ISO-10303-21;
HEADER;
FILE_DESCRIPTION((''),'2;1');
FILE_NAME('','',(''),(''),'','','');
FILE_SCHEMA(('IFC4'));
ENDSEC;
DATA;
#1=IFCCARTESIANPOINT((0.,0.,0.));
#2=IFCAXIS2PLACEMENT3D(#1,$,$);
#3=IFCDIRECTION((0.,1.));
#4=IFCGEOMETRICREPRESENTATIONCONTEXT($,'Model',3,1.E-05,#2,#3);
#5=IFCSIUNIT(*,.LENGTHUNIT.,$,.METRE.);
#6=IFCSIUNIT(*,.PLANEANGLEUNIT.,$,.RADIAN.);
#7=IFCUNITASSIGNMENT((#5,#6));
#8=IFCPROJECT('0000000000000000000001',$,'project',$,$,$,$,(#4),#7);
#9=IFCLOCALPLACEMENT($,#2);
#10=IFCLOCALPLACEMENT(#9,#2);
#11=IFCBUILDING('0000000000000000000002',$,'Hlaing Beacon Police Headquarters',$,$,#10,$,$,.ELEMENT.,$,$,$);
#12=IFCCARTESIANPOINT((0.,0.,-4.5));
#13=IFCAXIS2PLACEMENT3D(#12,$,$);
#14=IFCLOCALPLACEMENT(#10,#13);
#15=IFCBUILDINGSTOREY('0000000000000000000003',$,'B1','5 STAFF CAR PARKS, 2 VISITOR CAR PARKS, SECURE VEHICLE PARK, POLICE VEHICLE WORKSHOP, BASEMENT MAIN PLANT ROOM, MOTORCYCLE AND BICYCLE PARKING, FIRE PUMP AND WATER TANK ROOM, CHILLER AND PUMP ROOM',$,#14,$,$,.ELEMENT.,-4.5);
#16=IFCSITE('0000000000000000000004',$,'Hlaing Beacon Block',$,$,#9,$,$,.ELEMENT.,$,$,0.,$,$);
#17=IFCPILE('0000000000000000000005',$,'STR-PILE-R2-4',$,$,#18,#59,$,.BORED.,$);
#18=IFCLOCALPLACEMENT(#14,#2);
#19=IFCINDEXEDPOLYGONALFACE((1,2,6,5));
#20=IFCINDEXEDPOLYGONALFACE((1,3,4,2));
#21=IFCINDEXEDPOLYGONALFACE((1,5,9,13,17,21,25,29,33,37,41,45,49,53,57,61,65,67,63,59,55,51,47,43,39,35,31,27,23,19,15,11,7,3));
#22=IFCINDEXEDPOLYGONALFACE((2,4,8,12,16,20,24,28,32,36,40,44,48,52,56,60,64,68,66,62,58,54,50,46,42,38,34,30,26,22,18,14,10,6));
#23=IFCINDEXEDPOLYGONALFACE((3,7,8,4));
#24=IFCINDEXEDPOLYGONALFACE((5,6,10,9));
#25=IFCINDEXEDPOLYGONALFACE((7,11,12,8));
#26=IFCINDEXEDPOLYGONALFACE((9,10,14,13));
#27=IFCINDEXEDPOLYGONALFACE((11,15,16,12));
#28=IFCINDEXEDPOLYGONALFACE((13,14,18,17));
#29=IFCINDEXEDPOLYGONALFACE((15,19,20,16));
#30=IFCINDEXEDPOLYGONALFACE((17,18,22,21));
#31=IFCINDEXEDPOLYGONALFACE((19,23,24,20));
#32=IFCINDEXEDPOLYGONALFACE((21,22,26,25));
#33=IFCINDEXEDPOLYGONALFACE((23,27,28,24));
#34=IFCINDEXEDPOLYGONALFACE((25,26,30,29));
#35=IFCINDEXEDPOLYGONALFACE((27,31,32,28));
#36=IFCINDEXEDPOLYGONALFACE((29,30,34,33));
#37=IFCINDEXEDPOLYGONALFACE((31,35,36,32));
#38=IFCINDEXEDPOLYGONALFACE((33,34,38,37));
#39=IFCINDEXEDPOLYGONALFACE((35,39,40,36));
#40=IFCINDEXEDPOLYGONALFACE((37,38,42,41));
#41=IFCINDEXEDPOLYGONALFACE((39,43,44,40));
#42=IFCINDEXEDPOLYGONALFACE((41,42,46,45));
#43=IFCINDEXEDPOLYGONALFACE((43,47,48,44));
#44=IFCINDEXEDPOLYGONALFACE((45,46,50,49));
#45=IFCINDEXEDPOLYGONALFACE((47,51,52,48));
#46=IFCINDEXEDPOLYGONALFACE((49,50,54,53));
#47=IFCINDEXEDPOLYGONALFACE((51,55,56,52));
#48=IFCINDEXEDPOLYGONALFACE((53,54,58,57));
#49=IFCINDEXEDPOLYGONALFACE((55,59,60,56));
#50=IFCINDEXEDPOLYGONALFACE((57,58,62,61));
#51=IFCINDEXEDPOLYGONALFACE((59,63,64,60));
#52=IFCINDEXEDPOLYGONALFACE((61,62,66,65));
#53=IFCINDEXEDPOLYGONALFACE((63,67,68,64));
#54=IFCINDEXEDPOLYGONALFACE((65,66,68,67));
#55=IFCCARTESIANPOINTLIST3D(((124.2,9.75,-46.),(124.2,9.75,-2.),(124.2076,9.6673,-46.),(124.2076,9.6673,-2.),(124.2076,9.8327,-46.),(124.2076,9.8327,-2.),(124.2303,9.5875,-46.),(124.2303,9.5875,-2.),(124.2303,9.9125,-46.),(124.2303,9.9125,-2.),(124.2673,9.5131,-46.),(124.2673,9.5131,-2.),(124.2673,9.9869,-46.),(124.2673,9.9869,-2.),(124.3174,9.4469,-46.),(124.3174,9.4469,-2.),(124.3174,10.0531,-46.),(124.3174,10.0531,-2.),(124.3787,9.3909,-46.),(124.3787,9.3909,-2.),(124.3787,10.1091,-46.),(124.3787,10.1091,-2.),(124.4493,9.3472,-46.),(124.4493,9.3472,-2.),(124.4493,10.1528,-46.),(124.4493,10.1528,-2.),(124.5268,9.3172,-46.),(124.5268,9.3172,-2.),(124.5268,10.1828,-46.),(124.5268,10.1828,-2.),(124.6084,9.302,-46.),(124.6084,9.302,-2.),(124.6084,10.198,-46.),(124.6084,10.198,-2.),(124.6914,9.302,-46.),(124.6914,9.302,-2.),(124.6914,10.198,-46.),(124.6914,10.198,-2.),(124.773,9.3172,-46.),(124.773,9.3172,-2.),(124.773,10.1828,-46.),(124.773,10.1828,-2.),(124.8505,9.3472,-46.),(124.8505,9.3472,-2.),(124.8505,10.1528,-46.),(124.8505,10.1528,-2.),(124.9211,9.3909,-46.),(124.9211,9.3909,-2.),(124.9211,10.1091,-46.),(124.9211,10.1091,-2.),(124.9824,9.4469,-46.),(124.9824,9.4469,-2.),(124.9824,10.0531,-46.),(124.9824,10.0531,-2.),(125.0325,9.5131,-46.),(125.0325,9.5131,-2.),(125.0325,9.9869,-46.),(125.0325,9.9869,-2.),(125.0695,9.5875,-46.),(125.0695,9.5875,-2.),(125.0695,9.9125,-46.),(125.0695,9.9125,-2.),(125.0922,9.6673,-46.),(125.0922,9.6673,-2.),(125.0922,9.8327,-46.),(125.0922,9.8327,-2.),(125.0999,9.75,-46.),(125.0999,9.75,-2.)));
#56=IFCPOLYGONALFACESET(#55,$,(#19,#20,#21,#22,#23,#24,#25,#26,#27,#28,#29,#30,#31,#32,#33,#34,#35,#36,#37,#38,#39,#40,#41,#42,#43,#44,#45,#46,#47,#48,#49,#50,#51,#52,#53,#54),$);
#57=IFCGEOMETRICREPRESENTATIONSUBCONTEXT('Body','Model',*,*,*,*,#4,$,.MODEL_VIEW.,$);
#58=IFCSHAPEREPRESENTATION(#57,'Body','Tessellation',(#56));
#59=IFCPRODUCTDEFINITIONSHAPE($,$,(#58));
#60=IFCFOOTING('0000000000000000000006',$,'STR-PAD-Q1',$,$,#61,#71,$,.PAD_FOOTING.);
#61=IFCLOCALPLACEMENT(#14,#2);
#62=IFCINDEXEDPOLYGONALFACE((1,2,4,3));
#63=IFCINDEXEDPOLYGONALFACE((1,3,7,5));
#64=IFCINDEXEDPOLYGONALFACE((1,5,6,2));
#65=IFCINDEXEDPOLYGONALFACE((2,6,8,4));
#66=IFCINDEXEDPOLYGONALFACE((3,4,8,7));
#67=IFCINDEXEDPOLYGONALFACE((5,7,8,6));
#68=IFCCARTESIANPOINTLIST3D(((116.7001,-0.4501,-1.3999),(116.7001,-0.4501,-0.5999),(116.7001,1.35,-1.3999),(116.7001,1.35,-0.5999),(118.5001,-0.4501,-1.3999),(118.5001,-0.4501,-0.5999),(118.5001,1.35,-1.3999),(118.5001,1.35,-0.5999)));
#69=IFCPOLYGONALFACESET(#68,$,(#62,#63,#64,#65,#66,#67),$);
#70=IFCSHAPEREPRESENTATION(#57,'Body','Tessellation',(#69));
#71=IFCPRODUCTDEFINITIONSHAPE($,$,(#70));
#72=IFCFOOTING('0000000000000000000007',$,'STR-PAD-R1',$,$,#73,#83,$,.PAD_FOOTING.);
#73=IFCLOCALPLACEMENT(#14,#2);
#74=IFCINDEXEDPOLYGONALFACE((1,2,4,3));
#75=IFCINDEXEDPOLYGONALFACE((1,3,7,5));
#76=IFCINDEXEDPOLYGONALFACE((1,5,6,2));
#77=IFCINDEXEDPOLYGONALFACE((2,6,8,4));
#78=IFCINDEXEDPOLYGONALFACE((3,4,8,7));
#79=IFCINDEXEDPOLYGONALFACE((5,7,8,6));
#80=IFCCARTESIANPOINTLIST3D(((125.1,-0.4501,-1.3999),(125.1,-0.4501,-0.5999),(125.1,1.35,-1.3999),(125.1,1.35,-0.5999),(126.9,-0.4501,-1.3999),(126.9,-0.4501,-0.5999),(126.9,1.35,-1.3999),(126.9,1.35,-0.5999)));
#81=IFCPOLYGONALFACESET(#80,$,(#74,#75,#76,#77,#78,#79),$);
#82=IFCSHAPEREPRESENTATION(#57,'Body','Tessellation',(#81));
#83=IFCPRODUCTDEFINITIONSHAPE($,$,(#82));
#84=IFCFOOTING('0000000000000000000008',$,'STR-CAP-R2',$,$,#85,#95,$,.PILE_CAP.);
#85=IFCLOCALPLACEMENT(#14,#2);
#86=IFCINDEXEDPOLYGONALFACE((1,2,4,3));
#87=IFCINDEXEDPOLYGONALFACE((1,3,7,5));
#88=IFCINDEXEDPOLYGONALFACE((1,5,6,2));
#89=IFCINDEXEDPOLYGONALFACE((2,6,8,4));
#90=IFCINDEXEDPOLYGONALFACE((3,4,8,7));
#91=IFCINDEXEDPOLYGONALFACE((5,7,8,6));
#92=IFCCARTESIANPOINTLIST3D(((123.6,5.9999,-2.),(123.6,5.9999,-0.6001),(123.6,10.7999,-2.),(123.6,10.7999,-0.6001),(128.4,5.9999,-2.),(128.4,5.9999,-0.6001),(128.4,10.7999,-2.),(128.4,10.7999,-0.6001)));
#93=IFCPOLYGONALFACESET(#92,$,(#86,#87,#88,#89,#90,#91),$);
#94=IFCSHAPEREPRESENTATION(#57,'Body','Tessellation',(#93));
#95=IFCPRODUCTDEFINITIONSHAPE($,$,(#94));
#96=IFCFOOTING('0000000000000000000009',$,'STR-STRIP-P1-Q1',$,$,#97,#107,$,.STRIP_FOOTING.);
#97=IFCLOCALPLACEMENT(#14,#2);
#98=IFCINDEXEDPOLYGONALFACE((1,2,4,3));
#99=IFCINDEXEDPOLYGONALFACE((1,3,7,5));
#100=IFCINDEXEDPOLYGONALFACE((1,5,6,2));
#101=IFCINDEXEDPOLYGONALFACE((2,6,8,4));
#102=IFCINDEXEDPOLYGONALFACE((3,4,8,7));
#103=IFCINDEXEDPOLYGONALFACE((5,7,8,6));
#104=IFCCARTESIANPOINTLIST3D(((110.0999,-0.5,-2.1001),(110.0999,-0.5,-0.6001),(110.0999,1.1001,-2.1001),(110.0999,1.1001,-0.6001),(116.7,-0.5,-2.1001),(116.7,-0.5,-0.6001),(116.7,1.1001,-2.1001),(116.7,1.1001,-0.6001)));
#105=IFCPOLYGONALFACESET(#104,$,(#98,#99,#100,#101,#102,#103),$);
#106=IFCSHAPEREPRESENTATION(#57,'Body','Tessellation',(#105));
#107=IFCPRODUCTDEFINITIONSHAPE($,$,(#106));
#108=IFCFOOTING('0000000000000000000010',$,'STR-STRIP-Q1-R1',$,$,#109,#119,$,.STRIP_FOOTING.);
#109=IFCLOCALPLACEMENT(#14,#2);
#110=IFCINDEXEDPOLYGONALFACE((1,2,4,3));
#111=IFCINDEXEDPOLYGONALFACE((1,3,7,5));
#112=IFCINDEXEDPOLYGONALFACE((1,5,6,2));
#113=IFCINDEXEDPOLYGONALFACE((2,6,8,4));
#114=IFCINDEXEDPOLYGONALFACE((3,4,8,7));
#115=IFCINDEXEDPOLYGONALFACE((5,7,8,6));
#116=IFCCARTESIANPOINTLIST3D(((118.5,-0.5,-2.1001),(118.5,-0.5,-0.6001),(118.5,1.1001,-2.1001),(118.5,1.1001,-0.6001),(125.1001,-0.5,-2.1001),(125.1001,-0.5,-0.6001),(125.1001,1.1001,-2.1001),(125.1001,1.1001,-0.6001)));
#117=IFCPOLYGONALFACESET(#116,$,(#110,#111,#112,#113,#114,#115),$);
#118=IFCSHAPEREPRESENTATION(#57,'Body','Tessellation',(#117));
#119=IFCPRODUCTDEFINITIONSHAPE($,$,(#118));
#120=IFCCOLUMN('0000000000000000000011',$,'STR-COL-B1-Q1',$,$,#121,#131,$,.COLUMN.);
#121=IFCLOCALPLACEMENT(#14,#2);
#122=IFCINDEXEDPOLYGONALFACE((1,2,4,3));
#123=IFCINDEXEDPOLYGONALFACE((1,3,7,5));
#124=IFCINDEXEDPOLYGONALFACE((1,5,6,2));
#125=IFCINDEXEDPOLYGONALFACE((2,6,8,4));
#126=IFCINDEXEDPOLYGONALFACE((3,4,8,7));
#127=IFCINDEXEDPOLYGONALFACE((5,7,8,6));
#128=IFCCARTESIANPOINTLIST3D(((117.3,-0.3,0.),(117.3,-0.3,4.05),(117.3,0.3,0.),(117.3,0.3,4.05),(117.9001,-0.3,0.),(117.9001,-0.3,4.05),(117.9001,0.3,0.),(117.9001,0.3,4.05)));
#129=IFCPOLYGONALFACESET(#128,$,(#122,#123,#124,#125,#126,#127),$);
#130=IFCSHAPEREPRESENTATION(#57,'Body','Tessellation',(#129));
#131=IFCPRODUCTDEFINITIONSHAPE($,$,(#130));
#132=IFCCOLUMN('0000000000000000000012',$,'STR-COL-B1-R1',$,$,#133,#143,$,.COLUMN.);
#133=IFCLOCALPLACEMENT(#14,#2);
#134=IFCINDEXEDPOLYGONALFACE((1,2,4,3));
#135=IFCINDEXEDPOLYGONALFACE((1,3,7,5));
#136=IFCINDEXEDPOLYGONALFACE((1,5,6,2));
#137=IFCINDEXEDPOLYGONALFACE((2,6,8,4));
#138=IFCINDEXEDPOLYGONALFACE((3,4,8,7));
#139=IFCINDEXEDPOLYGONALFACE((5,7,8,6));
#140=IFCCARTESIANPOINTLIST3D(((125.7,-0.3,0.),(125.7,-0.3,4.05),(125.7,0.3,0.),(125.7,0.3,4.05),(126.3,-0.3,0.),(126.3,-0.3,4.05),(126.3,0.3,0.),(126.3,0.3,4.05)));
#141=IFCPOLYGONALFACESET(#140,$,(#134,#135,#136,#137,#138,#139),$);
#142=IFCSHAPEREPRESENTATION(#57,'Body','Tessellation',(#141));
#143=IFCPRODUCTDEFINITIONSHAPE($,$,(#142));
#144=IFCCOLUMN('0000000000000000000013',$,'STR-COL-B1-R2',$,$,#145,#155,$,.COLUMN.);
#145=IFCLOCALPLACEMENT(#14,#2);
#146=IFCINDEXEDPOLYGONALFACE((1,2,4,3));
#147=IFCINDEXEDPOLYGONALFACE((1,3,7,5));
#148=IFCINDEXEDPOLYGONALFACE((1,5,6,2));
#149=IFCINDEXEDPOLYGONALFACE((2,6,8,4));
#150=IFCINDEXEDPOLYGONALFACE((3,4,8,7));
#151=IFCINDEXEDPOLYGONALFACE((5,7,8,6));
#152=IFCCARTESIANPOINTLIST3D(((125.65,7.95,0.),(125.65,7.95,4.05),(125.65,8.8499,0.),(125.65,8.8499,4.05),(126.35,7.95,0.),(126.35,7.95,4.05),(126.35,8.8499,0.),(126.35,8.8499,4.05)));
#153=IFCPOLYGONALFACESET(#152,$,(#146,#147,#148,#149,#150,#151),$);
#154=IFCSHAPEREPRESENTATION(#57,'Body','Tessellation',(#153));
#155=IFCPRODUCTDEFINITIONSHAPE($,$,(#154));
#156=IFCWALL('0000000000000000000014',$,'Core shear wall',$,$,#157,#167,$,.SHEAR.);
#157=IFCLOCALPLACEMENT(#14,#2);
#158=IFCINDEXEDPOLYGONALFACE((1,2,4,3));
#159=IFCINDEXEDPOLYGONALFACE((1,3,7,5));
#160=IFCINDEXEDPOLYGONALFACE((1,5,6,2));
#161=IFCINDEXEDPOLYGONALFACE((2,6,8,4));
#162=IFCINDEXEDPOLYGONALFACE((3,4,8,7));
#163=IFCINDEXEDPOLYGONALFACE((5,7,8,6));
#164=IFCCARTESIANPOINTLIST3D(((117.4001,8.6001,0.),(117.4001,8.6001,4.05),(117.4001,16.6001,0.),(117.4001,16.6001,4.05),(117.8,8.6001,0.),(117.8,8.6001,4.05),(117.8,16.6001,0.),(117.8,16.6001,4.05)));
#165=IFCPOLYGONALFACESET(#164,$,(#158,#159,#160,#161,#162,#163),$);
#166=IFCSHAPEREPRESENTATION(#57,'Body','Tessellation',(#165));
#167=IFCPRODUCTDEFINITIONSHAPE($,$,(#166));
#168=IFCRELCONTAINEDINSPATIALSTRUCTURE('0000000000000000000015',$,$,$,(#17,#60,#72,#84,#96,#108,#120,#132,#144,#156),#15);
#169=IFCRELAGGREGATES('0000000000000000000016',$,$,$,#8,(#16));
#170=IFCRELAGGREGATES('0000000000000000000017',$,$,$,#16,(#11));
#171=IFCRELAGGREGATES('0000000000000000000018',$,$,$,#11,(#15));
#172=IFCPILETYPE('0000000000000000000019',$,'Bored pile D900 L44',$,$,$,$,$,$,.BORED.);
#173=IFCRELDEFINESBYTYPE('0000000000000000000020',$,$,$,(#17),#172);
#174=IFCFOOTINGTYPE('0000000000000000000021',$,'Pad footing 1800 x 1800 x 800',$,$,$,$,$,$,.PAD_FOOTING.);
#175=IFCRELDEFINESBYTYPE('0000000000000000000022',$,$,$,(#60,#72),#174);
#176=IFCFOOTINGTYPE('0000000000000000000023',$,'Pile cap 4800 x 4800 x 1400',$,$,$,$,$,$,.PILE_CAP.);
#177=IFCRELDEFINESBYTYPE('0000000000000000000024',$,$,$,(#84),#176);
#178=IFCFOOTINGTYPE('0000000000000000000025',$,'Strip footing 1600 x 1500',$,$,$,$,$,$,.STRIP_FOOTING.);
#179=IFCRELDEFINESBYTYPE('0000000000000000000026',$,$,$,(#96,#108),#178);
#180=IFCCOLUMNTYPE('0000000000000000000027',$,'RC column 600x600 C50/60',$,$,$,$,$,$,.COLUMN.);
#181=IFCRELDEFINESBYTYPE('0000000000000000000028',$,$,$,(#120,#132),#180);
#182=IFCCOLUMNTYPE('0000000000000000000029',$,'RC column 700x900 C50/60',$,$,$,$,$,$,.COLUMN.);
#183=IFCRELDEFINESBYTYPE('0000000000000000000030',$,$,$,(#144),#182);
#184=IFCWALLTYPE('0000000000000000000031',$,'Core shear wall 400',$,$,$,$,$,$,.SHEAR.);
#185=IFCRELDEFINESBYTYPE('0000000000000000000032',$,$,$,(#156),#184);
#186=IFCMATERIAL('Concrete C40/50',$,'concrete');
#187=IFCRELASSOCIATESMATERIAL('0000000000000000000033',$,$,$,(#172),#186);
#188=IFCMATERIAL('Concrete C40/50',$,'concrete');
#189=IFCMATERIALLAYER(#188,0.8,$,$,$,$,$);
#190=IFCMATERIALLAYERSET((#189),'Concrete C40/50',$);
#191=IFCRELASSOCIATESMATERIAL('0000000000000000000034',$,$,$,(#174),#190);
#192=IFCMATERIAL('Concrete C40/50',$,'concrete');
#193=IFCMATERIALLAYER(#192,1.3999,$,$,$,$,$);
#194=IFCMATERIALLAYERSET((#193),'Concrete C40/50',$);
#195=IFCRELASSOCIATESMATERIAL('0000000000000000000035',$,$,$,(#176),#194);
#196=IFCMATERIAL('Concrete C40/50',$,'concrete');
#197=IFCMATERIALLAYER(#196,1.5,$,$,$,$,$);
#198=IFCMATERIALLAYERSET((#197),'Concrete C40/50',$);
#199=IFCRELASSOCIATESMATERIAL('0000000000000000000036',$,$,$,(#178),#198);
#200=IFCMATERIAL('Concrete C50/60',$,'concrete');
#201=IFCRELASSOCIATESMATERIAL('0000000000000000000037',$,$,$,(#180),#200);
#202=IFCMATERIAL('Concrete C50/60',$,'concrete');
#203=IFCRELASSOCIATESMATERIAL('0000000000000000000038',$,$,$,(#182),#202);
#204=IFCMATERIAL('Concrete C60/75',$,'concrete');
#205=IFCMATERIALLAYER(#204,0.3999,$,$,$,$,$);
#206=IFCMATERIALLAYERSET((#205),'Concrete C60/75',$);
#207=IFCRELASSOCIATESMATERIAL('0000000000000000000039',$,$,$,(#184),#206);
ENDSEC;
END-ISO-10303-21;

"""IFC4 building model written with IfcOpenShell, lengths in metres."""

from ifc_helpers import new_model, si_unit, direction, frame, frame_2d, origin, origin_2d, place, context, subcontext, project, spatial, rectangle, circle, extrude, material, layer, layer_set, material_profile, profile_set, type_object, element, save


model = new_model("IFC4")

# Units and contexts
model_context = context("Model", 3, precision=1e-05, world=origin(), true_north=direction((0.0, 1.0)))
body_context = subcontext(model_context, "Body", "Model", "MODEL_VIEW")
ifc_project = project(units=[si_unit("LENGTHUNIT", "METRE"), si_unit("PLANEANGLEUNIT", "RADIAN")], contexts=[model_context])

# Site, building, storey
site_placement = place(None, origin())
site = spatial("IfcSite", under=ifc_project, at=site_placement, Name="Hlaing Beacon Block", CompositionType="ELEMENT", RefElevation=0.0)
building_placement = place(site_placement, origin())
building = spatial("IfcBuilding", under=site, at=building_placement, Name="Hlaing Beacon Police Headquarters", CompositionType="ELEMENT")
storey_placement = place(building_placement, frame((0.0, 0.0, -4.5)))
storey = spatial("IfcBuildingStorey", under=building, at=storey_placement, Name="B1", Description="5 STAFF CAR PARKS, 2 VISITOR CAR PARKS, SECURE VEHICLE PARK, POLICE VEHICLE WORKSHOP, BASEMENT MAIN PLANT ROOM, MOTORCYCLE AND BICYCLE PARKING, FIRE PUMP AND WATER TANK ROOM, CHILLER AND PUMP ROOM", CompositionType="ELEMENT", Elevation=-4.5)

# Pile
ifc_material_1 = material(Name="Concrete C40/50", Category="concrete")
ifc_material_profile_1 = material_profile(ifc_material_1, circle(Radius=0.45, at=origin_2d()), Name="D900")
ifc_profile_set_1 = profile_set([ifc_material_profile_1], Name="Concrete C40/50")
pile_type_1 = type_object("IfcPileType", Name="Bored pile D900 L44", PredefinedType="BORED", material=ifc_profile_set_1)
for number, where, z_axis, x_axis, name in (
    (1, (124.6499, 9.75, -2.0), (0.0, 0.0, -1.0), (1.0, 0.0, 0.0), "STR-PILE-R2-4"),
):
    element("IfcPile", number, at=place(storey_placement, frame(where, z_axis=z_axis, x_axis=x_axis)), inside=storey, type_object=pile_type_1, Name=name, PredefinedType="BORED", context=body_context, shape_type="SweptSolid", body=[
        extrude(circle(Radius=0.45, at=origin_2d()), origin(), (0.0, 0.0, 1.0), 44.0),
    ])

# Footings
ifc_material_2 = material(Name="Concrete C40/50", Category="concrete")
ifc_layer_1 = layer(ifc_material_2, 0.8)
ifc_layer_set_1 = layer_set([ifc_layer_1], Name="Concrete C40/50")
footing_type_1 = type_object("IfcFootingType", Name="Pad footing 1800 x 1800 x 800", PredefinedType="PAD_FOOTING", material=ifc_layer_set_1)
for number, where, z_axis, x_axis, name in (
    (2, (117.6001, 0.45, -1.3999), (0.0, 0.0, 1.0), (1.0, 0.0, 0.0), "STR-PAD-Q1"),
    (3, (126.0, 0.45, -1.3999), (0.0, 0.0, 1.0), (1.0, 0.0, 0.0), "STR-PAD-R1"),
):
    element("IfcFooting", number, at=place(storey_placement, frame(where, z_axis=z_axis, x_axis=x_axis)), inside=storey, type_object=footing_type_1, Name=name, PredefinedType="PAD_FOOTING", context=body_context, shape_type="SweptSolid", body=[
        extrude(rectangle(XDim=1.8, YDim=1.8, at=origin_2d()), origin(), (0.0, 0.0, 1.0), 0.8),
    ])
ifc_material_3 = material(Name="Concrete C40/50", Category="concrete")
ifc_layer_2 = layer(ifc_material_3, 1.3999)
ifc_layer_set_2 = layer_set([ifc_layer_2], Name="Concrete C40/50")
footing_type_2 = type_object("IfcFootingType", Name="Pile cap 4800 x 4800 x 1400", PredefinedType="PILE_CAP", material=ifc_layer_set_2)
footing_placement = place(storey_placement, frame((126.0, 8.3999, -2.0), z_axis=(0.0, 0.0, 1.0), x_axis=(1.0, 0.0, 0.0)))
element("IfcFooting", 4, at=footing_placement, inside=storey, type_object=footing_type_2, Name="STR-CAP-R2", PredefinedType="PILE_CAP", context=body_context, shape_type="SweptSolid", body=[
    extrude(rectangle(XDim=4.8, YDim=4.8, at=origin_2d()), origin(), (0.0, 0.0, 1.0), 1.3999),
])
ifc_material_4 = material(Name="Concrete C40/50", Category="concrete")
ifc_layer_3 = layer(ifc_material_4, 1.5)
ifc_layer_set_3 = layer_set([ifc_layer_3], Name="Concrete C40/50")
footing_type_3 = type_object("IfcFootingType", Name="Strip footing 1600 x 1500", PredefinedType="STRIP_FOOTING", material=ifc_layer_set_3)
for number, where, z_axis, x_axis, name in (
    (5, (113.3999, 0.3, -2.1001), (0.0, 0.0, 1.0), (1.0, 0.0, 0.0), "STR-STRIP-P1-Q1"),
    (6, (121.8, 0.3, -2.1001), (0.0, 0.0, 1.0), (1.0, 0.0, 0.0), "STR-STRIP-Q1-R1"),
):
    element("IfcFooting", number, at=place(storey_placement, frame(where, z_axis=z_axis, x_axis=x_axis)), inside=storey, type_object=footing_type_3, Name=name, PredefinedType="STRIP_FOOTING", context=body_context, shape_type="SweptSolid", body=[
        extrude(rectangle(XDim=6.6001, YDim=1.6001, at=origin_2d()), origin(), (0.0, 0.0, 1.0), 1.5),
    ])

# Columns
ifc_material_5 = material(Name="Concrete C50/60", Category="concrete")
ifc_material_profile_2 = material_profile(ifc_material_5, rectangle(XDim=0.6001, YDim=0.6001, at=origin_2d()), Name="600x600")
ifc_profile_set_2 = profile_set([ifc_material_profile_2], Name="Concrete C50/60")
column_type_1 = type_object("IfcColumnType", Name="RC column 600x600 C50/60", PredefinedType="COLUMN", material=ifc_profile_set_2)
for number, where, z_axis, x_axis, name in (
    (7, (117.6001, 0.0, 0.0), (0.0, 0.0, 1.0), (1.0, 0.0, 0.0), "STR-COL-B1-Q1"),
    (8, (126.0, 0.0, 0.0), (0.0, 0.0, 1.0), (1.0, 0.0, 0.0), "STR-COL-B1-R1"),
):
    element("IfcColumn", number, at=place(storey_placement, frame(where, z_axis=z_axis, x_axis=x_axis)), inside=storey, type_object=column_type_1, Name=name, PredefinedType="COLUMN", context=body_context, shape_type="SweptSolid", body=[
        extrude(rectangle(XDim=0.6001, YDim=0.6001, at=origin_2d()), origin(), (0.0, 0.0, 1.0), 4.05),
    ])
ifc_material_6 = material(Name="Concrete C50/60", Category="concrete")
ifc_material_profile_3 = material_profile(ifc_material_6, rectangle(XDim=0.7, YDim=0.8999, at=origin_2d()), Name="700x900")
ifc_profile_set_3 = profile_set([ifc_material_profile_3], Name="Concrete C50/60")
column_type_2 = type_object("IfcColumnType", Name="RC column 700x900 C50/60", PredefinedType="COLUMN", material=ifc_profile_set_3)
column_placement = place(storey_placement, frame((126.0, 8.3999, 0.0), z_axis=(0.0, 0.0, 1.0), x_axis=(1.0, 0.0, 0.0)))
element("IfcColumn", 9, at=column_placement, inside=storey, type_object=column_type_2, Name="STR-COL-B1-R2", PredefinedType="COLUMN", context=body_context, shape_type="SweptSolid", body=[
    extrude(rectangle(XDim=0.7, YDim=0.8999, at=origin_2d()), origin(), (0.0, 0.0, 1.0), 4.05),
])

# Wall
ifc_material_7 = material(Name="Concrete C60/75", Category="concrete")
ifc_layer_4 = layer(ifc_material_7, 0.3999)
ifc_layer_set_4 = layer_set([ifc_layer_4], Name="Concrete C60/75")
wall_type_1 = type_object("IfcWallType", Name="Core shear wall 400", PredefinedType="SHEAR", material=ifc_layer_set_4)
wall_1_placement = place(storey_placement, frame((117.6001, 8.6001, 0.0), z_axis=(0.0, 0.0, 1.0), x_axis=(0.0, 1.0, 0.0)))
element("IfcWall", 10, at=wall_1_placement, inside=storey, type_object=wall_type_1, Name="Core shear wall", PredefinedType="SHEAR", context=body_context, shape_type="SweptSolid", body=[
    extrude(rectangle(XDim=8.0, YDim=0.3999, at=frame_2d((4.0, 0.0))), origin(), (0.0, 0.0, 1.0), 4.05),
])

save(model, "model.ifc")
